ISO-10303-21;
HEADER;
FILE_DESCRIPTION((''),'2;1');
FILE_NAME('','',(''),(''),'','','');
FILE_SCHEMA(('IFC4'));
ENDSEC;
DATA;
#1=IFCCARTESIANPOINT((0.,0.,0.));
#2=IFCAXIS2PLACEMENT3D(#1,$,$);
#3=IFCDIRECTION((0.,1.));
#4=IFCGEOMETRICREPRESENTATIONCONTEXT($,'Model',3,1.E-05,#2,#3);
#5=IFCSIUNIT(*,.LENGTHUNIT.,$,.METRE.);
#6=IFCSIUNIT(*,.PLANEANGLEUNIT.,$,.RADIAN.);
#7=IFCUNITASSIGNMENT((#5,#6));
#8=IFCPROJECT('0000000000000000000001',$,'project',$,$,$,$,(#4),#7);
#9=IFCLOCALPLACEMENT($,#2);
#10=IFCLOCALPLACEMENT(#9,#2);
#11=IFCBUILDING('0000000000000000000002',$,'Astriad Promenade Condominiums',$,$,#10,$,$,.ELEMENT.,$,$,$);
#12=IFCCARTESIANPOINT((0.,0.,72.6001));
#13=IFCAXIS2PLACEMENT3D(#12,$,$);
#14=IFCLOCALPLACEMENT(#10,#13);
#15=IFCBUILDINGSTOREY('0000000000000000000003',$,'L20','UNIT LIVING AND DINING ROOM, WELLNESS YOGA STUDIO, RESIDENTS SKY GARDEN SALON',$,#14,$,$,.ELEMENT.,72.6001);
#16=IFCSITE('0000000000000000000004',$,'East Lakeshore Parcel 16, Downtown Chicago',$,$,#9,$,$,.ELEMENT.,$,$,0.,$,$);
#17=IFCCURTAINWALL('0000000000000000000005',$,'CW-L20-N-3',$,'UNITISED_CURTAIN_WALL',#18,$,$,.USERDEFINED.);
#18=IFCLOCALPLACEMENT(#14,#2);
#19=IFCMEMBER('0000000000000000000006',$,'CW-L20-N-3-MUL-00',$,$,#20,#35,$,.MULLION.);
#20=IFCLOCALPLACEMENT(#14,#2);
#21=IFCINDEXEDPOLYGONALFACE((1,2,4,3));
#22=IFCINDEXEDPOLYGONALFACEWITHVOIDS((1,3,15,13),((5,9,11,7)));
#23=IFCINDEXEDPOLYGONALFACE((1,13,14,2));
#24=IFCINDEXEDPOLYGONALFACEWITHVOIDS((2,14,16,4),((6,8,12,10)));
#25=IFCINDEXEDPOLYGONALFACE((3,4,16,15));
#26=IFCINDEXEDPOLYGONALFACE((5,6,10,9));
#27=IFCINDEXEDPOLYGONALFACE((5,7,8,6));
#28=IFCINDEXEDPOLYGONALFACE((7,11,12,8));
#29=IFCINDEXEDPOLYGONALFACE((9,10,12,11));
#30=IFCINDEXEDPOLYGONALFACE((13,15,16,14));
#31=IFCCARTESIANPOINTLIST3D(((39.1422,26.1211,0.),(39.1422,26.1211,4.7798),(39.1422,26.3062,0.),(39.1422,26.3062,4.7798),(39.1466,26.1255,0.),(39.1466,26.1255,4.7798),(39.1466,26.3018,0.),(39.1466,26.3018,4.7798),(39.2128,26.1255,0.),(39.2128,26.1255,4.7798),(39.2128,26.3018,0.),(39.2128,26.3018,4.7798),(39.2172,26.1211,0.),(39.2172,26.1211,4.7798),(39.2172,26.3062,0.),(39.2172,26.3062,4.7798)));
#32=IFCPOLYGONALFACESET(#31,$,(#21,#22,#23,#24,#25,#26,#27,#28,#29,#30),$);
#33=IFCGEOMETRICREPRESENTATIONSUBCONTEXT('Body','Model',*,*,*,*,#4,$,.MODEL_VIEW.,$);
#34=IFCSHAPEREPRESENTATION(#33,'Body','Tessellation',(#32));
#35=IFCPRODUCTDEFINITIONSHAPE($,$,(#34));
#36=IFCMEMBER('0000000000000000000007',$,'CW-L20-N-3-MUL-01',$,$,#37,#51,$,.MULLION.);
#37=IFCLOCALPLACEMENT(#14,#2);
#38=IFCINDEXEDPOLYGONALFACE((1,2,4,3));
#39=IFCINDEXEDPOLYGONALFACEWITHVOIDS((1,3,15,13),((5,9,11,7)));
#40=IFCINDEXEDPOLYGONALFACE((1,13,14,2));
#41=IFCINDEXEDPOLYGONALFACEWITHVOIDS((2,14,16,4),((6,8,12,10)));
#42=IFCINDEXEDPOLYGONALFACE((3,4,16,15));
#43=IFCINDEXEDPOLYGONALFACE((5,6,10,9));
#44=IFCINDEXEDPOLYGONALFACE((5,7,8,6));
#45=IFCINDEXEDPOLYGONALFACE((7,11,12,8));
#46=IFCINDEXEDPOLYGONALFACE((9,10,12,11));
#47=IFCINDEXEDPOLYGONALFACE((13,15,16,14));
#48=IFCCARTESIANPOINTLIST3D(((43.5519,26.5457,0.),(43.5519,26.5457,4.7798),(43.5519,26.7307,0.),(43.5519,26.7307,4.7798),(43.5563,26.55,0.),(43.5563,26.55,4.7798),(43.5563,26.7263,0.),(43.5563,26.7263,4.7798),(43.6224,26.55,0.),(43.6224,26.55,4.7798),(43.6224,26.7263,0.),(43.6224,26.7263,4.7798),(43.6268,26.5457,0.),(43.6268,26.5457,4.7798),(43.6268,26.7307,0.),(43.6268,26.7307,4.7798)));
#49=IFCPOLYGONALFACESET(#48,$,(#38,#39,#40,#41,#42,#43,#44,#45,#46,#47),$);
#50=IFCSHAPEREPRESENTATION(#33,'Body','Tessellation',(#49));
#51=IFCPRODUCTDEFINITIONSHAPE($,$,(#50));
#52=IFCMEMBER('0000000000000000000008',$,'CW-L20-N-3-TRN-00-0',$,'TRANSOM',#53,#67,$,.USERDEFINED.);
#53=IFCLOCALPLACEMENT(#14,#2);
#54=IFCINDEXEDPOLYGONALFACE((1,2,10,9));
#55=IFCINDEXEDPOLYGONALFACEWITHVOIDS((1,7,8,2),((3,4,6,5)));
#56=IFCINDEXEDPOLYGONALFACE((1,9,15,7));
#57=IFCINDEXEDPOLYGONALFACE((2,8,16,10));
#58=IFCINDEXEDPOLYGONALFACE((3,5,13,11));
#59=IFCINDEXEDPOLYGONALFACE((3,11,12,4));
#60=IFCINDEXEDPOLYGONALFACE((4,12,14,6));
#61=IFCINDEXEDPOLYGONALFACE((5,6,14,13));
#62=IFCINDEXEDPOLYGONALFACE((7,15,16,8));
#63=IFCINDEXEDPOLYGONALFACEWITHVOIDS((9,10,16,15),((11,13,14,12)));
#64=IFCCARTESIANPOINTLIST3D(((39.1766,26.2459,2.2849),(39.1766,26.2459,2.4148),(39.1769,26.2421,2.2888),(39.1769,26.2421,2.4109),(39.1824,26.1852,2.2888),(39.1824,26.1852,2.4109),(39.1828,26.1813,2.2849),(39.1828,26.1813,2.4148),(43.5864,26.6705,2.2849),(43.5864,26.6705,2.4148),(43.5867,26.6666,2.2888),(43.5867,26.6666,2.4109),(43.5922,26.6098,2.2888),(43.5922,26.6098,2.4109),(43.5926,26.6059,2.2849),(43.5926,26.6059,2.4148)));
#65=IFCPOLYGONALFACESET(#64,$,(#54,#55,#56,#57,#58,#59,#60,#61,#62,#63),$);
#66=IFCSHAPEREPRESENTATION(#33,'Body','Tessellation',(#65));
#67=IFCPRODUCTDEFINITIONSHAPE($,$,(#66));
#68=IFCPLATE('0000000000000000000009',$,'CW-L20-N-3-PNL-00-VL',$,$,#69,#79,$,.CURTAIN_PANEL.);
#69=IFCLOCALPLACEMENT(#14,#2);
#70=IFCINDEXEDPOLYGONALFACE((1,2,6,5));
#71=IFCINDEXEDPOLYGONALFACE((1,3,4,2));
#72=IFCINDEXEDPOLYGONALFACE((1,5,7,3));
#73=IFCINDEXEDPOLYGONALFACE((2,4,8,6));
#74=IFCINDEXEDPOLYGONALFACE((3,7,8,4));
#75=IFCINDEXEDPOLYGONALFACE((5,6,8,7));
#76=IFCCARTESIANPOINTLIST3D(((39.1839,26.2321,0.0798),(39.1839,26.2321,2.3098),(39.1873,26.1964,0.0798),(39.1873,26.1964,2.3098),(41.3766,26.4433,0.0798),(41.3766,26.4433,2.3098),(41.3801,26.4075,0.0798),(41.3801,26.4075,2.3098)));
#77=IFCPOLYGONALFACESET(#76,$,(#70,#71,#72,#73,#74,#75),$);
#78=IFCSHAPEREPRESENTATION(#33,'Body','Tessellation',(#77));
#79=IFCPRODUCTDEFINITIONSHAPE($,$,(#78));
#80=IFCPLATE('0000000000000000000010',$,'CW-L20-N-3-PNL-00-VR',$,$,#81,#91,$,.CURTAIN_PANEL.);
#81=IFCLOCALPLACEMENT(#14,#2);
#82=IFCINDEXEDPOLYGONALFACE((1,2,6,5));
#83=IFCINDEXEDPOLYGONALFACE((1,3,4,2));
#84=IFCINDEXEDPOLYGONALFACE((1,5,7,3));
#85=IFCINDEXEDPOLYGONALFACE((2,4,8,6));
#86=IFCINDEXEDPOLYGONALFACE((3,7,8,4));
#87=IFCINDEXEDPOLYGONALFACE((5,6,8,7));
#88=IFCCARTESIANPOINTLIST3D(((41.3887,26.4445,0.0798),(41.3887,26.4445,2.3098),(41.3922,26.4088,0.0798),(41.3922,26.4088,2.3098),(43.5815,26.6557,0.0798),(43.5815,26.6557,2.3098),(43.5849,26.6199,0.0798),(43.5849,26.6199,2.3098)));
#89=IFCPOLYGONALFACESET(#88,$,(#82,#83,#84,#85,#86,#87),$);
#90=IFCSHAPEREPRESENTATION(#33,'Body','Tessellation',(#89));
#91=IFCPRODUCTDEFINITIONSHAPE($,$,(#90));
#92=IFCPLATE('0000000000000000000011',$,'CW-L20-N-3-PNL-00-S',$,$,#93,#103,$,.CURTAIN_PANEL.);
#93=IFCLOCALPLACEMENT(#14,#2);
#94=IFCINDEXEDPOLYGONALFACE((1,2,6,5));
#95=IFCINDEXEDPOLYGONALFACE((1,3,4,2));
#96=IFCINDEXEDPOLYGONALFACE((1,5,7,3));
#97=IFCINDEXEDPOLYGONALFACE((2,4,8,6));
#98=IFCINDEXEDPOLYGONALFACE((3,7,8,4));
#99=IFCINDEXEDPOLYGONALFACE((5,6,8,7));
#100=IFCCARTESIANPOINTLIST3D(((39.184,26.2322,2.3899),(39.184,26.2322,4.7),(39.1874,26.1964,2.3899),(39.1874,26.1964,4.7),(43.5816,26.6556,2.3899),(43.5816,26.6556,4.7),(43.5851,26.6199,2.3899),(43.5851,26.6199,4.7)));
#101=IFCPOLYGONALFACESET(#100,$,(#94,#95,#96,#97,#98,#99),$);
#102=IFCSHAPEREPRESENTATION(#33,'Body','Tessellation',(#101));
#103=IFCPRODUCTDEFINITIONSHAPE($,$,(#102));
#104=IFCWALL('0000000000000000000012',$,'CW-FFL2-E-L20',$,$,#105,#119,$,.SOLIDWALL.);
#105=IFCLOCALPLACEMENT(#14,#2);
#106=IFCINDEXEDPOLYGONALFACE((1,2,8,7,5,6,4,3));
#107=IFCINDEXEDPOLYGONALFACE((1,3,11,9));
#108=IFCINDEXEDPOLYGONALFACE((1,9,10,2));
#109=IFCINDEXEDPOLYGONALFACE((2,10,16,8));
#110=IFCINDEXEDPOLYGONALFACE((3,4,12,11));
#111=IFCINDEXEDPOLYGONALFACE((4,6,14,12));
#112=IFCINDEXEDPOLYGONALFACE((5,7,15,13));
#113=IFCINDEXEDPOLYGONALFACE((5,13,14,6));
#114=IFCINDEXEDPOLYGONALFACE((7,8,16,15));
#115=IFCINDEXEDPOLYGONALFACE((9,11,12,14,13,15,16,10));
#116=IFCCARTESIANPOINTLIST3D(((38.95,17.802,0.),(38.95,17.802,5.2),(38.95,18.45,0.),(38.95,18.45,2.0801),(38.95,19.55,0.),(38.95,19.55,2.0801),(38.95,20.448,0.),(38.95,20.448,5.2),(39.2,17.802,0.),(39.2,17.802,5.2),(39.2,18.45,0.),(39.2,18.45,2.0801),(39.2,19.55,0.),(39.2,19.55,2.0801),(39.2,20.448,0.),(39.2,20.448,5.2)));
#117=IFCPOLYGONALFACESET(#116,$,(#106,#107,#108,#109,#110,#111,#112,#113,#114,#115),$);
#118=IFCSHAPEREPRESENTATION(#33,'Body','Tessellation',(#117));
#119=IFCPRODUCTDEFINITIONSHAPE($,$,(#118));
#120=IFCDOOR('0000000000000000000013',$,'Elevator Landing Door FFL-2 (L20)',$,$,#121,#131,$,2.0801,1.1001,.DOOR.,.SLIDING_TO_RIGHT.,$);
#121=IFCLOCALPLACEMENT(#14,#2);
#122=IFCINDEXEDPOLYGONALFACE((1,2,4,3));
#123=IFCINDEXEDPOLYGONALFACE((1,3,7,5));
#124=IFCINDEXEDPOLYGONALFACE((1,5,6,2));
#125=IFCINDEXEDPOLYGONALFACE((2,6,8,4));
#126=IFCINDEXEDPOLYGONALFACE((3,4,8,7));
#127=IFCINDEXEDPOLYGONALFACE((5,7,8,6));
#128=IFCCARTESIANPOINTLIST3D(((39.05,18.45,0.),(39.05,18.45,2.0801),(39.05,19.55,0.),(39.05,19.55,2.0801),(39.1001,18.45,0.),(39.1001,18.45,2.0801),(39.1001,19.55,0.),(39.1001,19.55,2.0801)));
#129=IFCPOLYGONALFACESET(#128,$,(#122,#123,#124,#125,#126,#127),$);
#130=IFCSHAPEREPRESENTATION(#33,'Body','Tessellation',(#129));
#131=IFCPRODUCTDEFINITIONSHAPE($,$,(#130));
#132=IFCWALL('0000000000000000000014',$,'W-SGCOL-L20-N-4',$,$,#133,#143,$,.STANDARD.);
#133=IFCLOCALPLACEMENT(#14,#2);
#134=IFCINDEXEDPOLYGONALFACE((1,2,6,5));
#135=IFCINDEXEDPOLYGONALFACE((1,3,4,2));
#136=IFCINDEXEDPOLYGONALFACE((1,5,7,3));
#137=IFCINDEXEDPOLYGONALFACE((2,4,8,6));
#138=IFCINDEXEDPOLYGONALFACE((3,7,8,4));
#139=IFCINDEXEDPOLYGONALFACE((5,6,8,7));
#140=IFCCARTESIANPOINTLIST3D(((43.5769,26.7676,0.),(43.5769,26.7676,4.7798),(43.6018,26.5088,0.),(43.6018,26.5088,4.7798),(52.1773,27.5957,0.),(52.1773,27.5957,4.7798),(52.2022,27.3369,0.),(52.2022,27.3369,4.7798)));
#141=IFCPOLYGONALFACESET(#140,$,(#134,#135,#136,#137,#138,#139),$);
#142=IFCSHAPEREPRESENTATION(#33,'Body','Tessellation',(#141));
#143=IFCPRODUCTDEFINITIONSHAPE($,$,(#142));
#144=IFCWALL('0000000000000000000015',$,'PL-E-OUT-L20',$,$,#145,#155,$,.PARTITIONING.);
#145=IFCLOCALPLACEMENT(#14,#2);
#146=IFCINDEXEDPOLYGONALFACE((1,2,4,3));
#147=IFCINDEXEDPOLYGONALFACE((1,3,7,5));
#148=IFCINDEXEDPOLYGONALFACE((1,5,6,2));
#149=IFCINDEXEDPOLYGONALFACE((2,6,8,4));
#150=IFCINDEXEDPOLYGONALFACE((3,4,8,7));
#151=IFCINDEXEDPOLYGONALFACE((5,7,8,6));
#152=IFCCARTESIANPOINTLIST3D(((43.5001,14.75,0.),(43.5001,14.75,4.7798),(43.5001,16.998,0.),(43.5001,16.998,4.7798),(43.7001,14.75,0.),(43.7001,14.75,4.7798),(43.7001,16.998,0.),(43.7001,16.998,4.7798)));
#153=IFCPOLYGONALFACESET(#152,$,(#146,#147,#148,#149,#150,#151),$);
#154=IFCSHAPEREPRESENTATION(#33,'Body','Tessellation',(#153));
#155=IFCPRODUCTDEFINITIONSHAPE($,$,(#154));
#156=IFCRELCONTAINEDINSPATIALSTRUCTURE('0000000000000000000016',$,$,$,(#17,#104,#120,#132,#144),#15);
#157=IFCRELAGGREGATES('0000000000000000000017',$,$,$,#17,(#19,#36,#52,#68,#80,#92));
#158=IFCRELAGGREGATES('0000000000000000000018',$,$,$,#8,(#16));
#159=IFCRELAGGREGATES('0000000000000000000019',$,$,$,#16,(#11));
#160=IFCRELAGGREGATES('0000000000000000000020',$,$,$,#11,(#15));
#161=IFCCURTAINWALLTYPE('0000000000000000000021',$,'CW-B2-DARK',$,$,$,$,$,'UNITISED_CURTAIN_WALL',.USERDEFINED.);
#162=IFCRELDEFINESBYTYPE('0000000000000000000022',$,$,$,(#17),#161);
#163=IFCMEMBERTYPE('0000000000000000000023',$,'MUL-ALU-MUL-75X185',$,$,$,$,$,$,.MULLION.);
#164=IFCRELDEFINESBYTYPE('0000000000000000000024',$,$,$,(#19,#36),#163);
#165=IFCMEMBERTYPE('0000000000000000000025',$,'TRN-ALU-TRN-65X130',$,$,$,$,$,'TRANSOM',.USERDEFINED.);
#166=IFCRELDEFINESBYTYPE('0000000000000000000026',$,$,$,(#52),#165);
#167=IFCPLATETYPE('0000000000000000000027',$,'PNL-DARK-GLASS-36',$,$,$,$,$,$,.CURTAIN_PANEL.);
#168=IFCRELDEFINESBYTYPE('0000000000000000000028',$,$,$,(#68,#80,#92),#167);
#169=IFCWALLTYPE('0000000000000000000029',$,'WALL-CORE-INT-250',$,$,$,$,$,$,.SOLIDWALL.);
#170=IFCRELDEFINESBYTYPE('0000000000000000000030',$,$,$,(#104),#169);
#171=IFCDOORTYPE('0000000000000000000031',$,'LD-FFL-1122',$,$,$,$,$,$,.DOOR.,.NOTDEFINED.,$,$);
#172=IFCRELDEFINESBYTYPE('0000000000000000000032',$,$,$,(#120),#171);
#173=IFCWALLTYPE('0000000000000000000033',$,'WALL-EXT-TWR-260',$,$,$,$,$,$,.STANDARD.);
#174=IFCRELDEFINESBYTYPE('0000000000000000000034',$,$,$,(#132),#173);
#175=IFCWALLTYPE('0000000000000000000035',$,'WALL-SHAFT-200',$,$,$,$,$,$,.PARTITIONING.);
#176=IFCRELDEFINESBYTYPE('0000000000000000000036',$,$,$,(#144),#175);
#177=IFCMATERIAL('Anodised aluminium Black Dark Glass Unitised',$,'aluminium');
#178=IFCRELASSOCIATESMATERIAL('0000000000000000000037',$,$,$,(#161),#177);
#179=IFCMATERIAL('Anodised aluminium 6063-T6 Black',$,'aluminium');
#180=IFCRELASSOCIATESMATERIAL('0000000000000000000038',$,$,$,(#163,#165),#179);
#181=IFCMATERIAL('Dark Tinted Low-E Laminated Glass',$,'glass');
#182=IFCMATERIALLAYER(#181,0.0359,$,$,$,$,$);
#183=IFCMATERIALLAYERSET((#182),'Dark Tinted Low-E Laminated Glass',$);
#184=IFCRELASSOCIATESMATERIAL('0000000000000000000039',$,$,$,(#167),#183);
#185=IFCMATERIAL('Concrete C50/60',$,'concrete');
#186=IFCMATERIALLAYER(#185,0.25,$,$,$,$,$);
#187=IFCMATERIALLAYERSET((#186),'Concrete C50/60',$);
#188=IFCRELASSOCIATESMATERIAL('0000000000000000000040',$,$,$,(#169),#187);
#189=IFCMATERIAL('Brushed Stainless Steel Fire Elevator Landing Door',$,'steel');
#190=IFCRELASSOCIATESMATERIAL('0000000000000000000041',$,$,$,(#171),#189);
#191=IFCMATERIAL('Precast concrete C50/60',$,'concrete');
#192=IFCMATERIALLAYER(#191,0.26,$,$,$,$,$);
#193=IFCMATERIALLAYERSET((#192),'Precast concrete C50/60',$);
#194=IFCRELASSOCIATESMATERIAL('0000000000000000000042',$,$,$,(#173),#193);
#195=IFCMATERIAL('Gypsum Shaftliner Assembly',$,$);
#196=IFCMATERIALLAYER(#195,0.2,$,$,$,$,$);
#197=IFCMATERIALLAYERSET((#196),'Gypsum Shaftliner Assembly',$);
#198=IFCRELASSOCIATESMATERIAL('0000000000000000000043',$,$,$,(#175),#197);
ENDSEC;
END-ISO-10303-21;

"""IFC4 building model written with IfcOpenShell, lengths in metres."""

from ifc_helpers import new_model, si_unit, direction, frame, frame_2d, origin, origin_2d, place, context, subcontext, project, spatial, rectangle, hollow_rectangle, extrude, source, transform, mapped, material, layer, layer_set, material_profile, profile_set, type_object, type_shapes, element, fill, aggregate, save


model = new_model("IFC4")

# Units and contexts
model_context = context("Model", 3, precision=1e-05, world=origin(), true_north=direction((0.0, 1.0)))
body_context = subcontext(model_context, "Body", "Model", "MODEL_VIEW")
ifc_project = project(units=[si_unit("LENGTHUNIT", "METRE"), si_unit("PLANEANGLEUNIT", "RADIAN")], contexts=[model_context])

# Site, building, storey
site_placement = place(None, origin())
site = spatial("IfcSite", under=ifc_project, at=site_placement, Name="East Lakeshore Parcel 16, Downtown Chicago", CompositionType="ELEMENT", RefElevation=0.0)
building_placement = place(site_placement, origin())
building = spatial("IfcBuilding", under=site, at=building_placement, Name="Astriad Promenade Condominiums", CompositionType="ELEMENT")
storey_placement = place(building_placement, frame((0.0, 0.0, 72.6001)))
storey = spatial("IfcBuildingStorey", under=building, at=storey_placement, Name="L20", Description="UNIT LIVING AND DINING ROOM, WELLNESS YOGA STUDIO, RESIDENTS SKY GARDEN SALON", CompositionType="ELEMENT", Elevation=72.6001)

# Curtain wall, members, plates
ifc_material_1 = material(Name="Anodised aluminium Black Dark Glass Unitised", Category="aluminium")
curtain_wall_type = type_object("IfcCurtainWallType", Name="CW-B2-DARK", ElementType="UNITISED_CURTAIN_WALL", PredefinedType="USERDEFINED", material=ifc_material_1)
curtain_wall_placement = place(storey_placement, origin())
curtain_wall = element("IfcCurtainWall", 1, at=curtain_wall_placement, inside=storey, type_object=curtain_wall_type, Name="CW-L20-N-3", ObjectType="UNITISED_CURTAIN_WALL", PredefinedType="USERDEFINED")
ifc_material_2 = material(Name="Anodised aluminium 6063-T6 Black", Category="aluminium")
ifc_material_profile_1 = material_profile(ifc_material_2, hollow_rectangle(XDim=0.075, YDim=0.1851, WallThickness=0.0044, at=origin_2d()), Name="ALU-MUL-75X185")
ifc_profile_set_1 = profile_set([ifc_material_profile_1], Name="Anodised aluminium 6063-T6 Black")
member_type_1 = type_object("IfcMemberType", Name="MUL-ALU-MUL-75X185", PredefinedType="MULLION", material=ifc_profile_set_1)
shared_shape_1 = source(origin(), body_context, "Body", "SweptSolid", [
    extrude(hollow_rectangle(XDim=0.075, YDim=0.1851, WallThickness=0.0044, at=origin_2d()), origin(), (0.0, 0.0, 1.0), 4.7798),
])
type_shapes(member_type_1, [shared_shape_1])
member_1_placement = place(storey_placement, frame((39.1797, 26.2136, 0.0), z_axis=(0.0, 0.0, 1.0), x_axis=(1.0, 0.0, 0.0)))
member_1 = element("IfcMember", 2, at=member_1_placement, type_object=member_type_1, Name="CW-L20-N-3-MUL-00", PredefinedType="MULLION", context=body_context, shape_type="MappedRepresentation", body=[
    mapped(shared_shape_1, transform((0.0, 0.0, 0.0), scale=1.0)),
])
member_2_placement = place(storey_placement, frame((43.5894, 26.6382, 0.0), z_axis=(0.0, 0.0, 1.0), x_axis=(1.0, 0.0, 0.0)))
member_2 = element("IfcMember", 3, at=member_2_placement, type_object=member_type_1, Name="CW-L20-N-3-MUL-01", PredefinedType="MULLION", context=body_context, shape_type="MappedRepresentation", body=[
    mapped(shared_shape_1, transform((0.0, 0.0, 0.0), scale=1.0)),
])
ifc_material_profile_2 = material_profile(ifc_material_2, hollow_rectangle(XDim=0.0649, YDim=0.1299, WallThickness=0.0039, at=origin_2d()), Name="ALU-TRN-65X130")
ifc_profile_set_2 = profile_set([ifc_material_profile_2], Name="Anodised aluminium 6063-T6 Black")
member_type_2 = type_object("IfcMemberType", Name="TRN-ALU-TRN-65X130", ElementType="TRANSOM", PredefinedType="USERDEFINED", material=ifc_profile_set_2)
shared_shape_2 = source(origin(), body_context, "Body", "SweptSolid", [
    extrude(hollow_rectangle(XDim=0.0649, YDim=0.1299, WallThickness=0.0039, at=origin_2d()), origin(), (0.0, 0.0, 1.0), 4.4302),
])
type_shapes(member_type_2, [shared_shape_2])
member_3_placement = place(storey_placement, frame((39.1797, 26.2136, 2.3499), z_axis=(0.995397, 0.095836, 0.0), x_axis=(-0.095836, 0.995397, 0.0)))
member_3 = element("IfcMember", 4, at=member_3_placement, type_object=member_type_2, Name="CW-L20-N-3-TRN-00-0", ObjectType="TRANSOM", PredefinedType="USERDEFINED", context=body_context, shape_type="MappedRepresentation", body=[
    mapped(shared_shape_2, transform((0.0, 0.0, 0.0), scale=1.0)),
])
ifc_material_3 = material(Name="Dark Tinted Low-E Laminated Glass", Category="glass")
ifc_layer_1 = layer(ifc_material_3, 0.0359)
ifc_layer_set_1 = layer_set([ifc_layer_1], Name="Dark Tinted Low-E Laminated Glass")
plate_type = type_object("IfcPlateType", Name="PNL-DARK-GLASS-36", PredefinedType="CURTAIN_PANEL", material=ifc_layer_set_1)
shared_shape_3 = source(origin(), body_context, "Body", "SweptSolid", [
    extrude(rectangle(XDim=2.2029, YDim=0.0359, at=origin_2d()), origin(), (0.0, 0.0, 1.0), 2.23),
])
plate_1_placement = place(storey_placement, frame((40.282, 26.3198, 0.0798), z_axis=(0.0, 0.0, 1.0), x_axis=(0.995396, 0.095846, 0.0)))
plate_1 = element("IfcPlate", 5, at=plate_1_placement, type_object=plate_type, Name="CW-L20-N-3-PNL-00-VL", PredefinedType="CURTAIN_PANEL", context=body_context, shape_type="MappedRepresentation", body=[
    mapped(shared_shape_3, transform((0.0, 0.0, 0.0), scale=1.0)),
])
plate_2_placement = place(storey_placement, frame((42.4868, 26.5322, 0.0798), z_axis=(0.0, 0.0, 1.0), x_axis=(0.995396, 0.095846, 0.0)))
plate_2 = element("IfcPlate", 6, at=plate_2_placement, type_object=plate_type, Name="CW-L20-N-3-PNL-00-VR", PredefinedType="CURTAIN_PANEL", context=body_context, shape_type="MappedRepresentation", body=[
    mapped(shared_shape_3, transform((0.0, 0.0, 0.0), scale=1.0)),
])
shared_shape_4 = source(origin(), body_context, "Body", "SweptSolid", [
    extrude(rectangle(XDim=4.418, YDim=0.0359, at=origin_2d()), origin(), (0.0, 0.0, 1.0), 2.3101),
])
type_shapes(plate_type, [shared_shape_3, shared_shape_4])
plate_3_placement = place(storey_placement, frame((41.3845, 26.426, 2.3899), z_axis=(0.0, 0.0, 1.0), x_axis=(0.995396, 0.095846, 0.0)))
plate_3 = element("IfcPlate", 7, at=plate_3_placement, type_object=plate_type, Name="CW-L20-N-3-PNL-00-S", PredefinedType="CURTAIN_PANEL", context=body_context, shape_type="MappedRepresentation", body=[
    mapped(shared_shape_4, transform((0.0, 0.0, 0.0), scale=1.0)),
])
aggregate(curtain_wall, [member_1, member_2, member_3, plate_1, plate_2, plate_3])

# Wall, opening, door
ifc_material_4 = material(Name="Concrete C50/60", Category="concrete")
ifc_layer_2 = layer(ifc_material_4, 0.25)
ifc_layer_set_2 = layer_set([ifc_layer_2], Name="Concrete C50/60")
wall_type_1 = type_object("IfcWallType", Name="WALL-CORE-INT-250", PredefinedType="SOLIDWALL", material=ifc_layer_set_2)
wall_1_placement = place(storey_placement, frame((39.075, 17.802, 0.0), z_axis=(0.0, 0.0, 1.0), x_axis=(0.0, 1.0, 0.0)))
wall_1 = element("IfcWall", 8, at=wall_1_placement, inside=storey, type_object=wall_type_1, Name="CW-FFL2-E-L20", PredefinedType="SOLIDWALL", context=body_context, shape_type="SweptSolid", body=[
    extrude(rectangle(XDim=2.646, YDim=0.25, at=frame_2d((1.323, 0.0))), origin(), (0.0, 0.0, 1.0), 5.2),
])
opening_placement = place(wall_1_placement, frame((0.6479, 0.0, 0.0)))
opening = element("IfcOpeningElement", 9, at=opening_placement, cuts=wall_1, PredefinedType="OPENING", context=body_context, shape_type="SweptSolid", body=[
    extrude(rectangle(XDim=1.1001, YDim=2.0801, at=frame_2d((0.55, 1.04))), frame((0.0, 0.135, 0.0), z_axis=(0.0, -1.0, 0.0), x_axis=(1.0, 0.0, 0.0)), (0.0, 0.0, 1.0), 0.27),
])
ifc_material_5 = material(Name="Brushed Stainless Steel Fire Elevator Landing Door", Category="steel")
door_type = type_object("IfcDoorType", Name="LD-FFL-1122", OperationType="NOTDEFINED", PredefinedType="DOOR", material=ifc_material_5)
shared_shape_5 = source(origin(), body_context, "Body", "SweptSolid", [
    extrude(rectangle(XDim=1.1001, YDim=2.0801, at=frame_2d((0.55, 1.04))), frame((0.0, 0.0249, 0.0), z_axis=(0.0, -1.0, 0.0), x_axis=(1.0, 0.0, 0.0)), (0.0, 0.0, 1.0), 0.05),
])
type_shapes(door_type, [shared_shape_5])
door_placement = place(opening_placement, origin())
door = element("IfcDoor", 10, at=door_placement, inside=storey, type_object=door_type, Name="Elevator Landing Door FFL-2 (L20)", OperationType="SLIDING_TO_RIGHT", OverallHeight=2.0801, OverallWidth=1.1001, PredefinedType="DOOR", context=body_context, shape_type="MappedRepresentation", body=[
    mapped(shared_shape_5, transform((0.0, 0.0, 0.0), scale=1.0)),
])
fill(opening, door)

# Walls
ifc_material_6 = material(Name="Precast concrete C50/60", Category="concrete")
ifc_layer_3 = layer(ifc_material_6, 0.26)
ifc_layer_set_3 = layer_set([ifc_layer_3], Name="Precast concrete C50/60")
wall_type_2 = type_object("IfcWallType", Name="WALL-EXT-TWR-260", PredefinedType="STANDARD", material=ifc_layer_set_3)
wall_2_placement = place(storey_placement, frame((43.5894, 26.6382, 0.0), z_axis=(0.0, 0.0, 1.0), x_axis=(0.995396, 0.095846, 0.0)))
element("IfcWall", 11, at=wall_2_placement, inside=storey, type_object=wall_type_2, Name="W-SGCOL-L20-N-4", PredefinedType="STANDARD", context=body_context, shape_type="SweptSolid", body=[
    extrude(rectangle(XDim=8.6401, YDim=0.26, at=frame_2d((4.3201, 0.0))), origin(), (0.0, 0.0, 1.0), 4.7798),
])
ifc_material_7 = material(Name="Gypsum Shaftliner Assembly")
ifc_layer_4 = layer(ifc_material_7, 0.2)
ifc_layer_set_4 = layer_set([ifc_layer_4], Name="Gypsum Shaftliner Assembly")
wall_type_3 = type_object("IfcWallType", Name="WALL-SHAFT-200", PredefinedType="PARTITIONING", material=ifc_layer_set_4)
wall_3_placement = place(storey_placement, frame((43.6001, 14.75, 0.0), z_axis=(0.0, 0.0, 1.0), x_axis=(0.0, 1.0, 0.0)))
element("IfcWall", 12, at=wall_3_placement, inside=storey, type_object=wall_type_3, Name="PL-E-OUT-L20", PredefinedType="PARTITIONING", context=body_context, shape_type="SweptSolid", body=[
    extrude(rectangle(XDim=2.248, YDim=0.2, at=frame_2d((1.124, 0.0))), origin(), (0.0, 0.0, 1.0), 4.7798),
])

save(model, "model.ifc")
